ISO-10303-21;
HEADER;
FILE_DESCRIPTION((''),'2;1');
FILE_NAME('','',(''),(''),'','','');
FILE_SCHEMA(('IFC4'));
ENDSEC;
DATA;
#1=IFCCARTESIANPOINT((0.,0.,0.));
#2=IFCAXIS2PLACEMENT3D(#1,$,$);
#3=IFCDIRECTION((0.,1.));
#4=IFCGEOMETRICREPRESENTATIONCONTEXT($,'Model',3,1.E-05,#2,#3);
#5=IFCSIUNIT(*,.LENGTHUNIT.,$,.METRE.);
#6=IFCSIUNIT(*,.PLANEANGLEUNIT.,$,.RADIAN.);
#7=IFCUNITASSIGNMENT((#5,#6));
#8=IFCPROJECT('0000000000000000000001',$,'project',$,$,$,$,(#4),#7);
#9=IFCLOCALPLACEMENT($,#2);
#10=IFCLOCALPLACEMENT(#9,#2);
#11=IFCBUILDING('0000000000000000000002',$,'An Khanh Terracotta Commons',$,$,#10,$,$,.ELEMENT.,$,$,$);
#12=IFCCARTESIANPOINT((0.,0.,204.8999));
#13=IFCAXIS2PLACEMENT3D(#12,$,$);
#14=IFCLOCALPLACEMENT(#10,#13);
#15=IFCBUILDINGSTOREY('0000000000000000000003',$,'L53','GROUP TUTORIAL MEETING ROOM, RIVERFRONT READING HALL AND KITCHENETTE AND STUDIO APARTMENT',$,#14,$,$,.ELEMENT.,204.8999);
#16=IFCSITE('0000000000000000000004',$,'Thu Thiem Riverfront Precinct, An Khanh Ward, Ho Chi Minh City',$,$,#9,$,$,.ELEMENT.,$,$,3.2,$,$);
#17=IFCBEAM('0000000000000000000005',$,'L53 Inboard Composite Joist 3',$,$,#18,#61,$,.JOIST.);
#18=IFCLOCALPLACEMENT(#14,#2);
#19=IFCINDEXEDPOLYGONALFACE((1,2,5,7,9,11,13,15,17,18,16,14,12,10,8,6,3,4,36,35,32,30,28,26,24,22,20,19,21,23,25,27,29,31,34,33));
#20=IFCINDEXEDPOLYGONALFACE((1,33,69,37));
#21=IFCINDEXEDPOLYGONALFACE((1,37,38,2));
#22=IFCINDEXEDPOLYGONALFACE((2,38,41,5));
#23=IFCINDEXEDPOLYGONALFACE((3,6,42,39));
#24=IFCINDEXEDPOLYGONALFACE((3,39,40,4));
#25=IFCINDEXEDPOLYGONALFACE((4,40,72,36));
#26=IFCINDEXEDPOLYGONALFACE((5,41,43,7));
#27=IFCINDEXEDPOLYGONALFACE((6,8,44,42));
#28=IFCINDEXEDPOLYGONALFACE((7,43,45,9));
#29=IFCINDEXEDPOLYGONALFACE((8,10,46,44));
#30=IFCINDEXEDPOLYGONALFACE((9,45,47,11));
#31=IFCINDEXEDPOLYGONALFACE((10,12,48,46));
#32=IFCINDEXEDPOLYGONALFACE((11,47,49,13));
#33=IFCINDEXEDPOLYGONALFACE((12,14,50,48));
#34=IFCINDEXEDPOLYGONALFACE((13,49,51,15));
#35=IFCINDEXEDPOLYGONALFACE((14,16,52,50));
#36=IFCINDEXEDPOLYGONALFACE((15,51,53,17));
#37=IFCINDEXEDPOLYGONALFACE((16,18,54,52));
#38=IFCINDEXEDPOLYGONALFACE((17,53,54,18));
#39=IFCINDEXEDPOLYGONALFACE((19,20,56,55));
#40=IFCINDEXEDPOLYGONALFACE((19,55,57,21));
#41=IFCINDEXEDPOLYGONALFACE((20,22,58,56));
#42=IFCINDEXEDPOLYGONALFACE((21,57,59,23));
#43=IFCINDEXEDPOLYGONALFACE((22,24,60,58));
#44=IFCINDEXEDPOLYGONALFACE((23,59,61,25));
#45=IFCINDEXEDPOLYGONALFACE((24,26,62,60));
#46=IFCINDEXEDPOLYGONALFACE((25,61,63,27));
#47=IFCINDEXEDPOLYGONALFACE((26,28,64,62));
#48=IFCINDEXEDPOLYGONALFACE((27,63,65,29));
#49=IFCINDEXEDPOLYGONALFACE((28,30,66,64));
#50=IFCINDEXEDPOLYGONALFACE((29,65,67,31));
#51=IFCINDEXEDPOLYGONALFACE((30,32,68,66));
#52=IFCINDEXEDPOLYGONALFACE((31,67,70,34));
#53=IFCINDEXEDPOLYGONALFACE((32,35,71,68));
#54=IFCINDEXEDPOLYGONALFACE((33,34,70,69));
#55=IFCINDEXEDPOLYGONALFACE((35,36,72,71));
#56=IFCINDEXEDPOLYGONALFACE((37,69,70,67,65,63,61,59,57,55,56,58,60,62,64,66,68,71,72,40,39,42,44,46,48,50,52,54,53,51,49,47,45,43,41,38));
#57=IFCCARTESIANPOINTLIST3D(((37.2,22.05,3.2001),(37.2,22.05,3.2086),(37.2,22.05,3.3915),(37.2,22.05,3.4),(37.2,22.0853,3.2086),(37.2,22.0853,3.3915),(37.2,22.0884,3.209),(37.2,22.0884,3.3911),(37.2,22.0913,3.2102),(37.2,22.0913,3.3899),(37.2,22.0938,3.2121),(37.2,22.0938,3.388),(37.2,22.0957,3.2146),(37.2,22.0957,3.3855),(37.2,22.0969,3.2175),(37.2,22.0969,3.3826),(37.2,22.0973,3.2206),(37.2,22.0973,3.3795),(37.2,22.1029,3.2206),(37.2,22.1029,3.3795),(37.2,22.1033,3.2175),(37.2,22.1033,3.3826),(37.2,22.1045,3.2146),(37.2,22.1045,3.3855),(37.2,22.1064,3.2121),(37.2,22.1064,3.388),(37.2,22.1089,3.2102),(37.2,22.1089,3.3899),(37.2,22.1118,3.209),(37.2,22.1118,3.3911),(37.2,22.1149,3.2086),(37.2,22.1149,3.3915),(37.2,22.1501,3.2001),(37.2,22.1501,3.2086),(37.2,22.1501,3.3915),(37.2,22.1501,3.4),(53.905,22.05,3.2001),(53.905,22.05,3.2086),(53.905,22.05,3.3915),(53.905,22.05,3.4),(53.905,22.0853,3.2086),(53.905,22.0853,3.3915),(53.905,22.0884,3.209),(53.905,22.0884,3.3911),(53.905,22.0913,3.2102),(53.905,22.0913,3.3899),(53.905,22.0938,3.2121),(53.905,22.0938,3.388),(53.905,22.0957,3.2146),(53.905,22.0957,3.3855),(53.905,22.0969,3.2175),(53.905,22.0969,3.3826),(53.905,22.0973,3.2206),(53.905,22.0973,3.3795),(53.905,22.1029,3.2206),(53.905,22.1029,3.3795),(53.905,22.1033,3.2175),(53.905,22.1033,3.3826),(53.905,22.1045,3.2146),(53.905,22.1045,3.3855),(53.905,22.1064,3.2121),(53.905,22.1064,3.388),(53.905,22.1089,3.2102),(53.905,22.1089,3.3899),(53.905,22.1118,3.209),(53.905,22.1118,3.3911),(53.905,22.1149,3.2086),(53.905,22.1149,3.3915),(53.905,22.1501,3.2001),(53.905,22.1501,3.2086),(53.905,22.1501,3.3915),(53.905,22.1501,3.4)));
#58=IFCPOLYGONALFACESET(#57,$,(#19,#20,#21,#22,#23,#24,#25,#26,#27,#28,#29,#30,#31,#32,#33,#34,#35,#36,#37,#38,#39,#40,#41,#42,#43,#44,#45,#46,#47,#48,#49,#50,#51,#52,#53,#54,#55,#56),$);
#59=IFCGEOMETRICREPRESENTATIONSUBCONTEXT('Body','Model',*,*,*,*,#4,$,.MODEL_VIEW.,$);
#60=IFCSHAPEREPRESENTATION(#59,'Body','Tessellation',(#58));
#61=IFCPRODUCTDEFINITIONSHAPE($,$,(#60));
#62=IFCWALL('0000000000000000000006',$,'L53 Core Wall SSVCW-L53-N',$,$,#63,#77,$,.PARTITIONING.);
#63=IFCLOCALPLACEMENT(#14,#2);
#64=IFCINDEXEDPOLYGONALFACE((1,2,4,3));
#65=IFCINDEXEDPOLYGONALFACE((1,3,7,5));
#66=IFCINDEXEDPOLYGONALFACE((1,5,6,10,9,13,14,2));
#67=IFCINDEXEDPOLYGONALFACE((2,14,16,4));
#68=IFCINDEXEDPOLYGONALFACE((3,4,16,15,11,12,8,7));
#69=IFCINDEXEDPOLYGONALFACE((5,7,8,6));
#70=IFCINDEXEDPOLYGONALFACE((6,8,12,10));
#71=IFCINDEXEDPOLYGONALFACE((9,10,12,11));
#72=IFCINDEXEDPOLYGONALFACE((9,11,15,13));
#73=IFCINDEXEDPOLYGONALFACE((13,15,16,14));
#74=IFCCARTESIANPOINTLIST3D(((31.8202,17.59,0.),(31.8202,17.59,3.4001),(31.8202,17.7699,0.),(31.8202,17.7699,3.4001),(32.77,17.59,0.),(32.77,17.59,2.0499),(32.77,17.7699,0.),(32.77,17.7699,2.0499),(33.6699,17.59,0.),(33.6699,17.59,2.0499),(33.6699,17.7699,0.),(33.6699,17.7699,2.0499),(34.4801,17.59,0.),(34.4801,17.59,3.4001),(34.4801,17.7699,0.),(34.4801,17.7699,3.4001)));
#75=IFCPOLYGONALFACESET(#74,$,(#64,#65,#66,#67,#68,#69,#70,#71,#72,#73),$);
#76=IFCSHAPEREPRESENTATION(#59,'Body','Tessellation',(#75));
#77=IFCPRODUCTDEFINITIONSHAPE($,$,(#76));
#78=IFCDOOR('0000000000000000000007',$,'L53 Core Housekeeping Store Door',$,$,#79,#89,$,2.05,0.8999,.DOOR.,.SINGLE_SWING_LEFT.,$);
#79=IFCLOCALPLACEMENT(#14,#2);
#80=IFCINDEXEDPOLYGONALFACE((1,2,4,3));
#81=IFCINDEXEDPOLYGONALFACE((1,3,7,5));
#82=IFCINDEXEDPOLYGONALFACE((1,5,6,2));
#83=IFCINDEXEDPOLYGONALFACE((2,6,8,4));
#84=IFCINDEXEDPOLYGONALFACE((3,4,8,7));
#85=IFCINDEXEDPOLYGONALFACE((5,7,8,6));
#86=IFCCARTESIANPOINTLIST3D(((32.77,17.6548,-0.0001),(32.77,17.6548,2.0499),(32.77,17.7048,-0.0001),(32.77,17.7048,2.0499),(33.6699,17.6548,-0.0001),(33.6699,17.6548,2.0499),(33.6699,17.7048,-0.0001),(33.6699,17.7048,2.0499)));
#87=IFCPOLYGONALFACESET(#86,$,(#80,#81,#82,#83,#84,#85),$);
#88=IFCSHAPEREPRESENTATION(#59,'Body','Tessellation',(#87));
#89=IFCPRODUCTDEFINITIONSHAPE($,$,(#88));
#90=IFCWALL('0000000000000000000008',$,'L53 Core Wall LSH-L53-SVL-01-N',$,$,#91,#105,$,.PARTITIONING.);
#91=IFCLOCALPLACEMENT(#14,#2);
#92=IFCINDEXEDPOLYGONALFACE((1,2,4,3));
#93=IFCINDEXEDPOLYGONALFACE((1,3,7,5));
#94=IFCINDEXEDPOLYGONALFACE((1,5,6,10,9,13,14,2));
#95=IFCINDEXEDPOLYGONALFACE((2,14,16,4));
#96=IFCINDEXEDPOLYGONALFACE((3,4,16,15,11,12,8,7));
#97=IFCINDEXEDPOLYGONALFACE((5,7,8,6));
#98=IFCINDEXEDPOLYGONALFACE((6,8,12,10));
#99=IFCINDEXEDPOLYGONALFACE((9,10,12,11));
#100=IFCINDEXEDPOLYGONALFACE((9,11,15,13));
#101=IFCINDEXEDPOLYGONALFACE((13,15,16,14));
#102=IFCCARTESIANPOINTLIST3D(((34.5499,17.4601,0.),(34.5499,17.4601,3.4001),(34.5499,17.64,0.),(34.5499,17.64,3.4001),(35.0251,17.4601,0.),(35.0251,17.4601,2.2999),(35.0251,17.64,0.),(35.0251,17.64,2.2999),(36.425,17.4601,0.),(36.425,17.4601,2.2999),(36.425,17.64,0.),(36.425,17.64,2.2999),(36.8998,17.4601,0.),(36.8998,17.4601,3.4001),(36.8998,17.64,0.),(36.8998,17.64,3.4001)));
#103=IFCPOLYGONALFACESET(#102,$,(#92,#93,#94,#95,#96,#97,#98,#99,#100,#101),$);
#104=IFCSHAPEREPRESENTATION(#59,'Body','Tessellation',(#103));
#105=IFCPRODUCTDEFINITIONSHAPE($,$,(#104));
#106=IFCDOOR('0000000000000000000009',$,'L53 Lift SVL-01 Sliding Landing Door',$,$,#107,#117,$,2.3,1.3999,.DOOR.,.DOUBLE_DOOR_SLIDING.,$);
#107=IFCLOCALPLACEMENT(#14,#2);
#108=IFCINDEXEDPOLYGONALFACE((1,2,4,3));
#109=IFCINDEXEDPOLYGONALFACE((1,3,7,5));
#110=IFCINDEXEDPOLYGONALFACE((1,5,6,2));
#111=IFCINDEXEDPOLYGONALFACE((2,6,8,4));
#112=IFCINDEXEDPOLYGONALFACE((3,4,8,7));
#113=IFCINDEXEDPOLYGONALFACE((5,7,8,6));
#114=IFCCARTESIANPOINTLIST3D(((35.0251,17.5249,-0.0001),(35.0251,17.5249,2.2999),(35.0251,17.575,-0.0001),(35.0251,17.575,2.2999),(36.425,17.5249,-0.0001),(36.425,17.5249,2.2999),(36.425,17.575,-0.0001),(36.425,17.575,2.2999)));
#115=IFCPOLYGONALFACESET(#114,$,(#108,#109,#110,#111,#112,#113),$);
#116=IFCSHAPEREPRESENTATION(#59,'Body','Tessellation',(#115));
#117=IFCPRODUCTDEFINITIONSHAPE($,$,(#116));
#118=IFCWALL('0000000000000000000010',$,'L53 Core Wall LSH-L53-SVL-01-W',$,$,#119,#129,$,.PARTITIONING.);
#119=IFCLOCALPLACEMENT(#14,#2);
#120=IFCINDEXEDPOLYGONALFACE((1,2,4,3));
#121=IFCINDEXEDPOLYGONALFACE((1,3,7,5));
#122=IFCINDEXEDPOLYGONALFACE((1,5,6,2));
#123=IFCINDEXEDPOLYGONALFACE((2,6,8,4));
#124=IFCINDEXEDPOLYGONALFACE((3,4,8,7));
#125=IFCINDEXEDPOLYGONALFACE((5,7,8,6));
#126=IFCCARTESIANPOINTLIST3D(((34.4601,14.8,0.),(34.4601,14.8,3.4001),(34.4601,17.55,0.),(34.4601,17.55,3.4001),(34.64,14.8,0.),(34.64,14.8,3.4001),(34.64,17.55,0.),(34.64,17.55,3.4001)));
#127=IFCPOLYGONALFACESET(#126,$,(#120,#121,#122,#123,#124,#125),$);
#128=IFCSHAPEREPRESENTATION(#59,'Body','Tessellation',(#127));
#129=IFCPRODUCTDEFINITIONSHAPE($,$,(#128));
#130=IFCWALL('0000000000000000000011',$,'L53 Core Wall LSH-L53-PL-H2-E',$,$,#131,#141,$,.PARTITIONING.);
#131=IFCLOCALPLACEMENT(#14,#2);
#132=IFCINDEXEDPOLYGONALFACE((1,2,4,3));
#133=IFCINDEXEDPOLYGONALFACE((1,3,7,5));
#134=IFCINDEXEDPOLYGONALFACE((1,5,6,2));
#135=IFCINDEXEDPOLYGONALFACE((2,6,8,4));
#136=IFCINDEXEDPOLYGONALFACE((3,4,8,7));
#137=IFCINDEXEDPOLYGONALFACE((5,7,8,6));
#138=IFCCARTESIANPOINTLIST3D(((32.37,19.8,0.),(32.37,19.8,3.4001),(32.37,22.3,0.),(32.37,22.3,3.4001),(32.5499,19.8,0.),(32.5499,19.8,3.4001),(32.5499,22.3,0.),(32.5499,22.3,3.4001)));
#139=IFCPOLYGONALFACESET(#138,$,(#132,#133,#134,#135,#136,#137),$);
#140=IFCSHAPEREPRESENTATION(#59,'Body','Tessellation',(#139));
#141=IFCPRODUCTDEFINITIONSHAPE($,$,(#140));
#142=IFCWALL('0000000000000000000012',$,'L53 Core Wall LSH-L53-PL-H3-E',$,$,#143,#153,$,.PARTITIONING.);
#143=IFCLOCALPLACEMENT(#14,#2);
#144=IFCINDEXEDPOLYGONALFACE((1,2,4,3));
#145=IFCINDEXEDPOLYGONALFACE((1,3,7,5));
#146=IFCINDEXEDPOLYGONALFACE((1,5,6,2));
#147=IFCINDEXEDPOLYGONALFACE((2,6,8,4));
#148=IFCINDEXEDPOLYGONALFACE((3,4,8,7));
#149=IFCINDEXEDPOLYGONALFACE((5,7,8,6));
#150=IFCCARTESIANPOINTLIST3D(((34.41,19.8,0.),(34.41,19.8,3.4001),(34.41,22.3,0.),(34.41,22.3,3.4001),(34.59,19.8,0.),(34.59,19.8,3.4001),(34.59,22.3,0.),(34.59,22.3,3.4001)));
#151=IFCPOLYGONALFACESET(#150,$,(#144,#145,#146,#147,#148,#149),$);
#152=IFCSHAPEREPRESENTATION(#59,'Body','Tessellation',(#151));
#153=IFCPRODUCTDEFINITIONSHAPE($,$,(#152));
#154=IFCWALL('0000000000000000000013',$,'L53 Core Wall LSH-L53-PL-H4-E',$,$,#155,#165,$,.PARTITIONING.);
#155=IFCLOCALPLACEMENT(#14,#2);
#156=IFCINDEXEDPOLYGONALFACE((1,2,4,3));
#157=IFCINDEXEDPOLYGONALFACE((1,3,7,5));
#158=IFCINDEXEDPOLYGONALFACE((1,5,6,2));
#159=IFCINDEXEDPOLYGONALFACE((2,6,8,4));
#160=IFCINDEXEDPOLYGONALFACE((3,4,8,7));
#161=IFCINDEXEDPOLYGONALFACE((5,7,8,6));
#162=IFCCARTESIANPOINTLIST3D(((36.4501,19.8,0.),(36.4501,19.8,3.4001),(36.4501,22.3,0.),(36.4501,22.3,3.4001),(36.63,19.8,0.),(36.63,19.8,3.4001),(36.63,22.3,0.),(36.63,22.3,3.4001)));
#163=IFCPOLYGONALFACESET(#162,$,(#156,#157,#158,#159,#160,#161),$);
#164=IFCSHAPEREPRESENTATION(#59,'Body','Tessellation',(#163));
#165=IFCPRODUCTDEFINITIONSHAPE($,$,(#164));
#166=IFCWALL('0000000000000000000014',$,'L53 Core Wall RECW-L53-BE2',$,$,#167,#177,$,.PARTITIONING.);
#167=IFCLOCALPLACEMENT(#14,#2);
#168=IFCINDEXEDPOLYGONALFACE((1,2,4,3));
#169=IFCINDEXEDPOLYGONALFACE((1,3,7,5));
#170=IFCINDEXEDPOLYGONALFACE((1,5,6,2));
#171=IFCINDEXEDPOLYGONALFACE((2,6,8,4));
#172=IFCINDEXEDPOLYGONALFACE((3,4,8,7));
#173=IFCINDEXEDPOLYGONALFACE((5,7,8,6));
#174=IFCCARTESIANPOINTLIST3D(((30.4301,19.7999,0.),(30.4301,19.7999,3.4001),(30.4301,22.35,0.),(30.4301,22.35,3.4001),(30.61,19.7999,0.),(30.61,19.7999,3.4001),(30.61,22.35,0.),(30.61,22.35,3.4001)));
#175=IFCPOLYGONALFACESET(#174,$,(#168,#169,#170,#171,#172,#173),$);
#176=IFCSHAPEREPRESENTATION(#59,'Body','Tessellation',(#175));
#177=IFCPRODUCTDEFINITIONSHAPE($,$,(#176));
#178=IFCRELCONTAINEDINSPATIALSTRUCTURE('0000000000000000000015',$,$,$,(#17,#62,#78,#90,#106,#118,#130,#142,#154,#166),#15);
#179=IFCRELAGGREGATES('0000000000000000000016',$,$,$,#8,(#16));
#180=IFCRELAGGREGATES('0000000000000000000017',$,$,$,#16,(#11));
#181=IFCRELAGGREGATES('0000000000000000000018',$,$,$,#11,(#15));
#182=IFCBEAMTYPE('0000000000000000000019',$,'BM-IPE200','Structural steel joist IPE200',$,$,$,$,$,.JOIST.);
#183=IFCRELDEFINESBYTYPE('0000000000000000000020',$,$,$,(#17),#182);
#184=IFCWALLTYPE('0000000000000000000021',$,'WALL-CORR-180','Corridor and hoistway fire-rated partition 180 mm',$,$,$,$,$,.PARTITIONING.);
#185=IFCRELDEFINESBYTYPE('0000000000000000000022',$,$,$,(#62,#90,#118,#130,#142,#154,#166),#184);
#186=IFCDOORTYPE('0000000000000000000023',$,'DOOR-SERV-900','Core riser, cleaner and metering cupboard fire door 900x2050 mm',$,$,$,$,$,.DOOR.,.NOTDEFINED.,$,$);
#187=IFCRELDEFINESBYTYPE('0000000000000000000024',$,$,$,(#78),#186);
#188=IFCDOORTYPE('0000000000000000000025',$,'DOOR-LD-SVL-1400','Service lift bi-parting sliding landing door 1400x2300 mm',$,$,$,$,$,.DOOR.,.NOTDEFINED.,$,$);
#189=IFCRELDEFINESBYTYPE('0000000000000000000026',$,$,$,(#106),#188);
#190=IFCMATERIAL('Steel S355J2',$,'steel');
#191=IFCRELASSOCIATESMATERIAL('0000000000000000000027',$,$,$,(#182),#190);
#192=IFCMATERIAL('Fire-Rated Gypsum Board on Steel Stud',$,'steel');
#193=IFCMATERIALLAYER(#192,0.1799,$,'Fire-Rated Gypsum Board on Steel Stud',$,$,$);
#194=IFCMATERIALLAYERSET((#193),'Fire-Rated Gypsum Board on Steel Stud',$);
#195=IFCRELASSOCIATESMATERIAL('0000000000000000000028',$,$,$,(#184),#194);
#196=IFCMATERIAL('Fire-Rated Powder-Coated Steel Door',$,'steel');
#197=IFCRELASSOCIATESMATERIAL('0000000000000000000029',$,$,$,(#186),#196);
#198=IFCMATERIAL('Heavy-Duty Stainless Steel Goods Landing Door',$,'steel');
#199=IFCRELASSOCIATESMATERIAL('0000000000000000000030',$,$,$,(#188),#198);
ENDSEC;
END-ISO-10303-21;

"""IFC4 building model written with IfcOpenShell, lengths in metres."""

from ifc_helpers import new_model, si_unit, direction, frame, frame_2d, origin, origin_2d, place, context, subcontext, project, spatial, rectangle, i_section, extrude, material, layer, layer_set, material_profile, profile_set, type_object, element, fill, save


model = new_model("IFC4")

# Units and contexts
model_context = context("Model", 3, precision=1e-05, world=origin(), true_north=direction((0.0, 1.0)))
body_context = subcontext(model_context, "Body", "Model", "MODEL_VIEW")
ifc_project = project(units=[si_unit("LENGTHUNIT", "METRE"), si_unit("PLANEANGLEUNIT", "RADIAN")], contexts=[model_context])

# Site, building, storey
site_placement = place(None, origin())
site = spatial("IfcSite", under=ifc_project, at=site_placement, Name="Thu Thiem Riverfront Precinct, An Khanh Ward, Ho Chi Minh City", CompositionType="ELEMENT", RefElevation=3.2)
building_placement = place(site_placement, origin())
building = spatial("IfcBuilding", under=site, at=building_placement, Name="An Khanh Terracotta Commons", CompositionType="ELEMENT")
storey_placement = place(building_placement, frame((0.0, 0.0, 204.8999)))
storey = spatial("IfcBuildingStorey", under=building, at=storey_placement, Name="L53", Description="GROUP TUTORIAL MEETING ROOM, RIVERFRONT READING HALL AND KITCHENETTE AND STUDIO APARTMENT", CompositionType="ELEMENT", Elevation=204.8999)

# Beam
ifc_material_1 = material(Name="Steel S355J2", Category="steel")
ifc_material_profile_1 = material_profile(ifc_material_1, i_section(OverallWidth=0.1001, OverallDepth=0.2, WebThickness=0.0056, FlangeThickness=0.0085, FilletRadius=0.012, at=origin_2d()), Name="IPE200")
ifc_profile_set_1 = profile_set([ifc_material_profile_1], Name="Steel S355J2")
beam_type_1 = type_object("IfcBeamType", Name="BM-IPE200", Description="Structural steel joist IPE200", PredefinedType="JOIST", material=ifc_profile_set_1)
for number, where, z_axis, x_axis, name in (
    (1, (37.2, 22.1001, 3.3), (1.0, 0.0, 0.0), (0.0, 1.0, 0.0), "L53 Inboard Composite Joist 3"),
):
    element("IfcBeam", number, at=place(storey_placement, frame(where, z_axis=z_axis, x_axis=x_axis)), inside=storey, type_object=beam_type_1, Name=name, PredefinedType="JOIST", context=body_context, shape_type="SweptSolid", body=[
        extrude(i_section(OverallWidth=0.1001, OverallDepth=0.2, WebThickness=0.0056, FlangeThickness=0.0085, FilletRadius=0.012, at=origin_2d()), origin(), (0.0, 0.0, 1.0), 16.7051),
    ])

# Walls, openings, doors
ifc_material_2 = material(Name="Fire-Rated Gypsum Board on Steel Stud", Category="steel")
ifc_layer = layer(ifc_material_2, 0.1799, Name="Fire-Rated Gypsum Board on Steel Stud")
ifc_layer_set = layer_set([ifc_layer], Name="Fire-Rated Gypsum Board on Steel Stud")
wall_type = type_object("IfcWallType", Name="WALL-CORR-180", Description="Corridor and hoistway fire-rated partition 180 mm", PredefinedType="PARTITIONING", material=ifc_layer_set)
wall_1_placement = place(storey_placement, frame((31.8201, 17.6799, 0.0), z_axis=(0.0, 0.0, 1.0), x_axis=(1.0, 0.0, 0.0)))
wall_1 = element("IfcWall", 2, at=wall_1_placement, inside=storey, type_object=wall_type, Name="L53 Core Wall SSVCW-L53-N", PredefinedType="PARTITIONING", context=body_context, shape_type="SweptSolid", body=[
    extrude(rectangle(XDim=2.6599, YDim=0.1799, at=frame_2d((1.3301, 0.0))), origin(), (0.0, 0.0, 1.0), 3.4001),
])
opening_1_placement = place(wall_1_placement, frame((0.95, 0.0, 0.0)))
opening_1 = element("IfcOpeningElement", 3, at=opening_1_placement, cuts=wall_1, PredefinedType="OPENING", context=body_context, shape_type="SweptSolid", body=[
    extrude(rectangle(XDim=0.8999, YDim=2.05, at=frame_2d((0.45, 1.0249))), frame((0.0, 0.0999, 0.0), z_axis=(0.0, -1.0, 0.0), x_axis=(1.0, 0.0, 0.0)), (0.0, 0.0, 1.0), 0.2),
])
ifc_material_3 = material(Name="Fire-Rated Powder-Coated Steel Door", Category="steel")
door_type_1 = type_object("IfcDoorType", Name="DOOR-SERV-900", Description="Core riser, cleaner and metering cupboard fire door 900x2050 mm", OperationType="NOTDEFINED", PredefinedType="DOOR", material=ifc_material_3)
door_1_placement = place(opening_1_placement, origin())
door_1 = element("IfcDoor", 4, at=door_1_placement, inside=storey, type_object=door_type_1, Name="L53 Core Housekeeping Store Door", OperationType="SINGLE_SWING_LEFT", OverallHeight=2.05, OverallWidth=0.8999, PredefinedType="DOOR", context=body_context, shape_type="SweptSolid", body=[
    extrude(rectangle(XDim=0.8999, YDim=2.05, at=frame_2d((0.45, 1.0249))), frame((0.0, 0.0249, 0.0), z_axis=(0.0, -1.0, 0.0), x_axis=(1.0, 0.0, 0.0)), (0.0, 0.0, 1.0), 0.05),
])
fill(opening_1, door_1)
wall_2_placement = place(storey_placement, frame((34.55, 17.55, 0.0), z_axis=(0.0, 0.0, 1.0), x_axis=(1.0, 0.0, 0.0)))
wall_2 = element("IfcWall", 5, at=wall_2_placement, inside=storey, type_object=wall_type, Name="L53 Core Wall LSH-L53-SVL-01-N", PredefinedType="PARTITIONING", context=body_context, shape_type="SweptSolid", body=[
    extrude(rectangle(XDim=2.3499, YDim=0.1799, at=frame_2d((1.1748, 0.0))), origin(), (0.0, 0.0, 1.0), 3.4001),
])
opening_2_placement = place(wall_2_placement, frame((0.4751, 0.0, 0.0)))
opening_2 = element("IfcOpeningElement", 6, at=opening_2_placement, cuts=wall_2, PredefinedType="OPENING", context=body_context, shape_type="SweptSolid", body=[
    extrude(rectangle(XDim=1.3999, YDim=2.3, at=frame_2d((0.7, 1.1499))), frame((0.0, 0.0999, 0.0), z_axis=(0.0, -1.0, 0.0), x_axis=(1.0, 0.0, 0.0)), (0.0, 0.0, 1.0), 0.2),
])
ifc_material_4 = material(Name="Heavy-Duty Stainless Steel Goods Landing Door", Category="steel")
door_type_2 = type_object("IfcDoorType", Name="DOOR-LD-SVL-1400", Description="Service lift bi-parting sliding landing door 1400x2300 mm", OperationType="NOTDEFINED", PredefinedType="DOOR", material=ifc_material_4)
door_2_placement = place(opening_2_placement, origin())
door_2 = element("IfcDoor", 7, at=door_2_placement, inside=storey, type_object=door_type_2, Name="L53 Lift SVL-01 Sliding Landing Door", OperationType="DOUBLE_DOOR_SLIDING", OverallHeight=2.3, OverallWidth=1.3999, PredefinedType="DOOR", context=body_context, shape_type="SweptSolid", body=[
    extrude(rectangle(XDim=1.3999, YDim=2.3, at=frame_2d((0.7, 1.1499))), frame((0.0, 0.0249, 0.0), z_axis=(0.0, -1.0, 0.0), x_axis=(1.0, 0.0, 0.0)), (0.0, 0.0, 1.0), 0.05),
])
fill(opening_2, door_2)

# Walls
wall_3_placement = place(storey_placement, frame((34.55, 17.55, 0.0), z_axis=(0.0, 0.0, 1.0), x_axis=(0.0, -1.0, 0.0)))
element("IfcWall", 8, at=wall_3_placement, inside=storey, type_object=wall_type, Name="L53 Core Wall LSH-L53-SVL-01-W", PredefinedType="PARTITIONING", context=body_context, shape_type="SweptSolid", body=[
    extrude(rectangle(XDim=2.75, YDim=0.1799, at=frame_2d((1.375, 0.0))), origin(), (0.0, 0.0, 1.0), 3.4001),
])
for number, where, z_axis, x_axis, name in (
    (9, (32.46, 19.8, 0.0), (0.0, 0.0, 1.0), (0.0, 1.0, 0.0), "L53 Core Wall LSH-L53-PL-H2-E"),
    (10, (34.5, 19.8, 0.0), (0.0, 0.0, 1.0), (0.0, 1.0, 0.0), "L53 Core Wall LSH-L53-PL-H3-E"),
    (11, (36.54, 19.8, 0.0), (0.0, 0.0, 1.0), (0.0, 1.0, 0.0), "L53 Core Wall LSH-L53-PL-H4-E"),
):
    element("IfcWall", number, at=place(storey_placement, frame(where, z_axis=z_axis, x_axis=x_axis)), inside=storey, type_object=wall_type, Name=name, PredefinedType="PARTITIONING", context=body_context, shape_type="SweptSolid", body=[
        extrude(rectangle(XDim=2.5, YDim=0.1799, at=frame_2d((1.25, 0.0))), origin(), (0.0, 0.0, 1.0), 3.4001),
    ])
wall_4_placement = place(storey_placement, frame((30.52, 19.8, 0.0), z_axis=(0.0, 0.0, 1.0), x_axis=(0.0, 1.0, 0.0)))
element("IfcWall", 12, at=wall_4_placement, inside=storey, type_object=wall_type, Name="L53 Core Wall RECW-L53-BE2", PredefinedType="PARTITIONING", context=body_context, shape_type="SweptSolid", body=[
    extrude(rectangle(XDim=2.55, YDim=0.1799, at=frame_2d((1.2749, 0.0))), origin(), (0.0, 0.0, 1.0), 3.4001),
])

save(model, "model.ifc")
